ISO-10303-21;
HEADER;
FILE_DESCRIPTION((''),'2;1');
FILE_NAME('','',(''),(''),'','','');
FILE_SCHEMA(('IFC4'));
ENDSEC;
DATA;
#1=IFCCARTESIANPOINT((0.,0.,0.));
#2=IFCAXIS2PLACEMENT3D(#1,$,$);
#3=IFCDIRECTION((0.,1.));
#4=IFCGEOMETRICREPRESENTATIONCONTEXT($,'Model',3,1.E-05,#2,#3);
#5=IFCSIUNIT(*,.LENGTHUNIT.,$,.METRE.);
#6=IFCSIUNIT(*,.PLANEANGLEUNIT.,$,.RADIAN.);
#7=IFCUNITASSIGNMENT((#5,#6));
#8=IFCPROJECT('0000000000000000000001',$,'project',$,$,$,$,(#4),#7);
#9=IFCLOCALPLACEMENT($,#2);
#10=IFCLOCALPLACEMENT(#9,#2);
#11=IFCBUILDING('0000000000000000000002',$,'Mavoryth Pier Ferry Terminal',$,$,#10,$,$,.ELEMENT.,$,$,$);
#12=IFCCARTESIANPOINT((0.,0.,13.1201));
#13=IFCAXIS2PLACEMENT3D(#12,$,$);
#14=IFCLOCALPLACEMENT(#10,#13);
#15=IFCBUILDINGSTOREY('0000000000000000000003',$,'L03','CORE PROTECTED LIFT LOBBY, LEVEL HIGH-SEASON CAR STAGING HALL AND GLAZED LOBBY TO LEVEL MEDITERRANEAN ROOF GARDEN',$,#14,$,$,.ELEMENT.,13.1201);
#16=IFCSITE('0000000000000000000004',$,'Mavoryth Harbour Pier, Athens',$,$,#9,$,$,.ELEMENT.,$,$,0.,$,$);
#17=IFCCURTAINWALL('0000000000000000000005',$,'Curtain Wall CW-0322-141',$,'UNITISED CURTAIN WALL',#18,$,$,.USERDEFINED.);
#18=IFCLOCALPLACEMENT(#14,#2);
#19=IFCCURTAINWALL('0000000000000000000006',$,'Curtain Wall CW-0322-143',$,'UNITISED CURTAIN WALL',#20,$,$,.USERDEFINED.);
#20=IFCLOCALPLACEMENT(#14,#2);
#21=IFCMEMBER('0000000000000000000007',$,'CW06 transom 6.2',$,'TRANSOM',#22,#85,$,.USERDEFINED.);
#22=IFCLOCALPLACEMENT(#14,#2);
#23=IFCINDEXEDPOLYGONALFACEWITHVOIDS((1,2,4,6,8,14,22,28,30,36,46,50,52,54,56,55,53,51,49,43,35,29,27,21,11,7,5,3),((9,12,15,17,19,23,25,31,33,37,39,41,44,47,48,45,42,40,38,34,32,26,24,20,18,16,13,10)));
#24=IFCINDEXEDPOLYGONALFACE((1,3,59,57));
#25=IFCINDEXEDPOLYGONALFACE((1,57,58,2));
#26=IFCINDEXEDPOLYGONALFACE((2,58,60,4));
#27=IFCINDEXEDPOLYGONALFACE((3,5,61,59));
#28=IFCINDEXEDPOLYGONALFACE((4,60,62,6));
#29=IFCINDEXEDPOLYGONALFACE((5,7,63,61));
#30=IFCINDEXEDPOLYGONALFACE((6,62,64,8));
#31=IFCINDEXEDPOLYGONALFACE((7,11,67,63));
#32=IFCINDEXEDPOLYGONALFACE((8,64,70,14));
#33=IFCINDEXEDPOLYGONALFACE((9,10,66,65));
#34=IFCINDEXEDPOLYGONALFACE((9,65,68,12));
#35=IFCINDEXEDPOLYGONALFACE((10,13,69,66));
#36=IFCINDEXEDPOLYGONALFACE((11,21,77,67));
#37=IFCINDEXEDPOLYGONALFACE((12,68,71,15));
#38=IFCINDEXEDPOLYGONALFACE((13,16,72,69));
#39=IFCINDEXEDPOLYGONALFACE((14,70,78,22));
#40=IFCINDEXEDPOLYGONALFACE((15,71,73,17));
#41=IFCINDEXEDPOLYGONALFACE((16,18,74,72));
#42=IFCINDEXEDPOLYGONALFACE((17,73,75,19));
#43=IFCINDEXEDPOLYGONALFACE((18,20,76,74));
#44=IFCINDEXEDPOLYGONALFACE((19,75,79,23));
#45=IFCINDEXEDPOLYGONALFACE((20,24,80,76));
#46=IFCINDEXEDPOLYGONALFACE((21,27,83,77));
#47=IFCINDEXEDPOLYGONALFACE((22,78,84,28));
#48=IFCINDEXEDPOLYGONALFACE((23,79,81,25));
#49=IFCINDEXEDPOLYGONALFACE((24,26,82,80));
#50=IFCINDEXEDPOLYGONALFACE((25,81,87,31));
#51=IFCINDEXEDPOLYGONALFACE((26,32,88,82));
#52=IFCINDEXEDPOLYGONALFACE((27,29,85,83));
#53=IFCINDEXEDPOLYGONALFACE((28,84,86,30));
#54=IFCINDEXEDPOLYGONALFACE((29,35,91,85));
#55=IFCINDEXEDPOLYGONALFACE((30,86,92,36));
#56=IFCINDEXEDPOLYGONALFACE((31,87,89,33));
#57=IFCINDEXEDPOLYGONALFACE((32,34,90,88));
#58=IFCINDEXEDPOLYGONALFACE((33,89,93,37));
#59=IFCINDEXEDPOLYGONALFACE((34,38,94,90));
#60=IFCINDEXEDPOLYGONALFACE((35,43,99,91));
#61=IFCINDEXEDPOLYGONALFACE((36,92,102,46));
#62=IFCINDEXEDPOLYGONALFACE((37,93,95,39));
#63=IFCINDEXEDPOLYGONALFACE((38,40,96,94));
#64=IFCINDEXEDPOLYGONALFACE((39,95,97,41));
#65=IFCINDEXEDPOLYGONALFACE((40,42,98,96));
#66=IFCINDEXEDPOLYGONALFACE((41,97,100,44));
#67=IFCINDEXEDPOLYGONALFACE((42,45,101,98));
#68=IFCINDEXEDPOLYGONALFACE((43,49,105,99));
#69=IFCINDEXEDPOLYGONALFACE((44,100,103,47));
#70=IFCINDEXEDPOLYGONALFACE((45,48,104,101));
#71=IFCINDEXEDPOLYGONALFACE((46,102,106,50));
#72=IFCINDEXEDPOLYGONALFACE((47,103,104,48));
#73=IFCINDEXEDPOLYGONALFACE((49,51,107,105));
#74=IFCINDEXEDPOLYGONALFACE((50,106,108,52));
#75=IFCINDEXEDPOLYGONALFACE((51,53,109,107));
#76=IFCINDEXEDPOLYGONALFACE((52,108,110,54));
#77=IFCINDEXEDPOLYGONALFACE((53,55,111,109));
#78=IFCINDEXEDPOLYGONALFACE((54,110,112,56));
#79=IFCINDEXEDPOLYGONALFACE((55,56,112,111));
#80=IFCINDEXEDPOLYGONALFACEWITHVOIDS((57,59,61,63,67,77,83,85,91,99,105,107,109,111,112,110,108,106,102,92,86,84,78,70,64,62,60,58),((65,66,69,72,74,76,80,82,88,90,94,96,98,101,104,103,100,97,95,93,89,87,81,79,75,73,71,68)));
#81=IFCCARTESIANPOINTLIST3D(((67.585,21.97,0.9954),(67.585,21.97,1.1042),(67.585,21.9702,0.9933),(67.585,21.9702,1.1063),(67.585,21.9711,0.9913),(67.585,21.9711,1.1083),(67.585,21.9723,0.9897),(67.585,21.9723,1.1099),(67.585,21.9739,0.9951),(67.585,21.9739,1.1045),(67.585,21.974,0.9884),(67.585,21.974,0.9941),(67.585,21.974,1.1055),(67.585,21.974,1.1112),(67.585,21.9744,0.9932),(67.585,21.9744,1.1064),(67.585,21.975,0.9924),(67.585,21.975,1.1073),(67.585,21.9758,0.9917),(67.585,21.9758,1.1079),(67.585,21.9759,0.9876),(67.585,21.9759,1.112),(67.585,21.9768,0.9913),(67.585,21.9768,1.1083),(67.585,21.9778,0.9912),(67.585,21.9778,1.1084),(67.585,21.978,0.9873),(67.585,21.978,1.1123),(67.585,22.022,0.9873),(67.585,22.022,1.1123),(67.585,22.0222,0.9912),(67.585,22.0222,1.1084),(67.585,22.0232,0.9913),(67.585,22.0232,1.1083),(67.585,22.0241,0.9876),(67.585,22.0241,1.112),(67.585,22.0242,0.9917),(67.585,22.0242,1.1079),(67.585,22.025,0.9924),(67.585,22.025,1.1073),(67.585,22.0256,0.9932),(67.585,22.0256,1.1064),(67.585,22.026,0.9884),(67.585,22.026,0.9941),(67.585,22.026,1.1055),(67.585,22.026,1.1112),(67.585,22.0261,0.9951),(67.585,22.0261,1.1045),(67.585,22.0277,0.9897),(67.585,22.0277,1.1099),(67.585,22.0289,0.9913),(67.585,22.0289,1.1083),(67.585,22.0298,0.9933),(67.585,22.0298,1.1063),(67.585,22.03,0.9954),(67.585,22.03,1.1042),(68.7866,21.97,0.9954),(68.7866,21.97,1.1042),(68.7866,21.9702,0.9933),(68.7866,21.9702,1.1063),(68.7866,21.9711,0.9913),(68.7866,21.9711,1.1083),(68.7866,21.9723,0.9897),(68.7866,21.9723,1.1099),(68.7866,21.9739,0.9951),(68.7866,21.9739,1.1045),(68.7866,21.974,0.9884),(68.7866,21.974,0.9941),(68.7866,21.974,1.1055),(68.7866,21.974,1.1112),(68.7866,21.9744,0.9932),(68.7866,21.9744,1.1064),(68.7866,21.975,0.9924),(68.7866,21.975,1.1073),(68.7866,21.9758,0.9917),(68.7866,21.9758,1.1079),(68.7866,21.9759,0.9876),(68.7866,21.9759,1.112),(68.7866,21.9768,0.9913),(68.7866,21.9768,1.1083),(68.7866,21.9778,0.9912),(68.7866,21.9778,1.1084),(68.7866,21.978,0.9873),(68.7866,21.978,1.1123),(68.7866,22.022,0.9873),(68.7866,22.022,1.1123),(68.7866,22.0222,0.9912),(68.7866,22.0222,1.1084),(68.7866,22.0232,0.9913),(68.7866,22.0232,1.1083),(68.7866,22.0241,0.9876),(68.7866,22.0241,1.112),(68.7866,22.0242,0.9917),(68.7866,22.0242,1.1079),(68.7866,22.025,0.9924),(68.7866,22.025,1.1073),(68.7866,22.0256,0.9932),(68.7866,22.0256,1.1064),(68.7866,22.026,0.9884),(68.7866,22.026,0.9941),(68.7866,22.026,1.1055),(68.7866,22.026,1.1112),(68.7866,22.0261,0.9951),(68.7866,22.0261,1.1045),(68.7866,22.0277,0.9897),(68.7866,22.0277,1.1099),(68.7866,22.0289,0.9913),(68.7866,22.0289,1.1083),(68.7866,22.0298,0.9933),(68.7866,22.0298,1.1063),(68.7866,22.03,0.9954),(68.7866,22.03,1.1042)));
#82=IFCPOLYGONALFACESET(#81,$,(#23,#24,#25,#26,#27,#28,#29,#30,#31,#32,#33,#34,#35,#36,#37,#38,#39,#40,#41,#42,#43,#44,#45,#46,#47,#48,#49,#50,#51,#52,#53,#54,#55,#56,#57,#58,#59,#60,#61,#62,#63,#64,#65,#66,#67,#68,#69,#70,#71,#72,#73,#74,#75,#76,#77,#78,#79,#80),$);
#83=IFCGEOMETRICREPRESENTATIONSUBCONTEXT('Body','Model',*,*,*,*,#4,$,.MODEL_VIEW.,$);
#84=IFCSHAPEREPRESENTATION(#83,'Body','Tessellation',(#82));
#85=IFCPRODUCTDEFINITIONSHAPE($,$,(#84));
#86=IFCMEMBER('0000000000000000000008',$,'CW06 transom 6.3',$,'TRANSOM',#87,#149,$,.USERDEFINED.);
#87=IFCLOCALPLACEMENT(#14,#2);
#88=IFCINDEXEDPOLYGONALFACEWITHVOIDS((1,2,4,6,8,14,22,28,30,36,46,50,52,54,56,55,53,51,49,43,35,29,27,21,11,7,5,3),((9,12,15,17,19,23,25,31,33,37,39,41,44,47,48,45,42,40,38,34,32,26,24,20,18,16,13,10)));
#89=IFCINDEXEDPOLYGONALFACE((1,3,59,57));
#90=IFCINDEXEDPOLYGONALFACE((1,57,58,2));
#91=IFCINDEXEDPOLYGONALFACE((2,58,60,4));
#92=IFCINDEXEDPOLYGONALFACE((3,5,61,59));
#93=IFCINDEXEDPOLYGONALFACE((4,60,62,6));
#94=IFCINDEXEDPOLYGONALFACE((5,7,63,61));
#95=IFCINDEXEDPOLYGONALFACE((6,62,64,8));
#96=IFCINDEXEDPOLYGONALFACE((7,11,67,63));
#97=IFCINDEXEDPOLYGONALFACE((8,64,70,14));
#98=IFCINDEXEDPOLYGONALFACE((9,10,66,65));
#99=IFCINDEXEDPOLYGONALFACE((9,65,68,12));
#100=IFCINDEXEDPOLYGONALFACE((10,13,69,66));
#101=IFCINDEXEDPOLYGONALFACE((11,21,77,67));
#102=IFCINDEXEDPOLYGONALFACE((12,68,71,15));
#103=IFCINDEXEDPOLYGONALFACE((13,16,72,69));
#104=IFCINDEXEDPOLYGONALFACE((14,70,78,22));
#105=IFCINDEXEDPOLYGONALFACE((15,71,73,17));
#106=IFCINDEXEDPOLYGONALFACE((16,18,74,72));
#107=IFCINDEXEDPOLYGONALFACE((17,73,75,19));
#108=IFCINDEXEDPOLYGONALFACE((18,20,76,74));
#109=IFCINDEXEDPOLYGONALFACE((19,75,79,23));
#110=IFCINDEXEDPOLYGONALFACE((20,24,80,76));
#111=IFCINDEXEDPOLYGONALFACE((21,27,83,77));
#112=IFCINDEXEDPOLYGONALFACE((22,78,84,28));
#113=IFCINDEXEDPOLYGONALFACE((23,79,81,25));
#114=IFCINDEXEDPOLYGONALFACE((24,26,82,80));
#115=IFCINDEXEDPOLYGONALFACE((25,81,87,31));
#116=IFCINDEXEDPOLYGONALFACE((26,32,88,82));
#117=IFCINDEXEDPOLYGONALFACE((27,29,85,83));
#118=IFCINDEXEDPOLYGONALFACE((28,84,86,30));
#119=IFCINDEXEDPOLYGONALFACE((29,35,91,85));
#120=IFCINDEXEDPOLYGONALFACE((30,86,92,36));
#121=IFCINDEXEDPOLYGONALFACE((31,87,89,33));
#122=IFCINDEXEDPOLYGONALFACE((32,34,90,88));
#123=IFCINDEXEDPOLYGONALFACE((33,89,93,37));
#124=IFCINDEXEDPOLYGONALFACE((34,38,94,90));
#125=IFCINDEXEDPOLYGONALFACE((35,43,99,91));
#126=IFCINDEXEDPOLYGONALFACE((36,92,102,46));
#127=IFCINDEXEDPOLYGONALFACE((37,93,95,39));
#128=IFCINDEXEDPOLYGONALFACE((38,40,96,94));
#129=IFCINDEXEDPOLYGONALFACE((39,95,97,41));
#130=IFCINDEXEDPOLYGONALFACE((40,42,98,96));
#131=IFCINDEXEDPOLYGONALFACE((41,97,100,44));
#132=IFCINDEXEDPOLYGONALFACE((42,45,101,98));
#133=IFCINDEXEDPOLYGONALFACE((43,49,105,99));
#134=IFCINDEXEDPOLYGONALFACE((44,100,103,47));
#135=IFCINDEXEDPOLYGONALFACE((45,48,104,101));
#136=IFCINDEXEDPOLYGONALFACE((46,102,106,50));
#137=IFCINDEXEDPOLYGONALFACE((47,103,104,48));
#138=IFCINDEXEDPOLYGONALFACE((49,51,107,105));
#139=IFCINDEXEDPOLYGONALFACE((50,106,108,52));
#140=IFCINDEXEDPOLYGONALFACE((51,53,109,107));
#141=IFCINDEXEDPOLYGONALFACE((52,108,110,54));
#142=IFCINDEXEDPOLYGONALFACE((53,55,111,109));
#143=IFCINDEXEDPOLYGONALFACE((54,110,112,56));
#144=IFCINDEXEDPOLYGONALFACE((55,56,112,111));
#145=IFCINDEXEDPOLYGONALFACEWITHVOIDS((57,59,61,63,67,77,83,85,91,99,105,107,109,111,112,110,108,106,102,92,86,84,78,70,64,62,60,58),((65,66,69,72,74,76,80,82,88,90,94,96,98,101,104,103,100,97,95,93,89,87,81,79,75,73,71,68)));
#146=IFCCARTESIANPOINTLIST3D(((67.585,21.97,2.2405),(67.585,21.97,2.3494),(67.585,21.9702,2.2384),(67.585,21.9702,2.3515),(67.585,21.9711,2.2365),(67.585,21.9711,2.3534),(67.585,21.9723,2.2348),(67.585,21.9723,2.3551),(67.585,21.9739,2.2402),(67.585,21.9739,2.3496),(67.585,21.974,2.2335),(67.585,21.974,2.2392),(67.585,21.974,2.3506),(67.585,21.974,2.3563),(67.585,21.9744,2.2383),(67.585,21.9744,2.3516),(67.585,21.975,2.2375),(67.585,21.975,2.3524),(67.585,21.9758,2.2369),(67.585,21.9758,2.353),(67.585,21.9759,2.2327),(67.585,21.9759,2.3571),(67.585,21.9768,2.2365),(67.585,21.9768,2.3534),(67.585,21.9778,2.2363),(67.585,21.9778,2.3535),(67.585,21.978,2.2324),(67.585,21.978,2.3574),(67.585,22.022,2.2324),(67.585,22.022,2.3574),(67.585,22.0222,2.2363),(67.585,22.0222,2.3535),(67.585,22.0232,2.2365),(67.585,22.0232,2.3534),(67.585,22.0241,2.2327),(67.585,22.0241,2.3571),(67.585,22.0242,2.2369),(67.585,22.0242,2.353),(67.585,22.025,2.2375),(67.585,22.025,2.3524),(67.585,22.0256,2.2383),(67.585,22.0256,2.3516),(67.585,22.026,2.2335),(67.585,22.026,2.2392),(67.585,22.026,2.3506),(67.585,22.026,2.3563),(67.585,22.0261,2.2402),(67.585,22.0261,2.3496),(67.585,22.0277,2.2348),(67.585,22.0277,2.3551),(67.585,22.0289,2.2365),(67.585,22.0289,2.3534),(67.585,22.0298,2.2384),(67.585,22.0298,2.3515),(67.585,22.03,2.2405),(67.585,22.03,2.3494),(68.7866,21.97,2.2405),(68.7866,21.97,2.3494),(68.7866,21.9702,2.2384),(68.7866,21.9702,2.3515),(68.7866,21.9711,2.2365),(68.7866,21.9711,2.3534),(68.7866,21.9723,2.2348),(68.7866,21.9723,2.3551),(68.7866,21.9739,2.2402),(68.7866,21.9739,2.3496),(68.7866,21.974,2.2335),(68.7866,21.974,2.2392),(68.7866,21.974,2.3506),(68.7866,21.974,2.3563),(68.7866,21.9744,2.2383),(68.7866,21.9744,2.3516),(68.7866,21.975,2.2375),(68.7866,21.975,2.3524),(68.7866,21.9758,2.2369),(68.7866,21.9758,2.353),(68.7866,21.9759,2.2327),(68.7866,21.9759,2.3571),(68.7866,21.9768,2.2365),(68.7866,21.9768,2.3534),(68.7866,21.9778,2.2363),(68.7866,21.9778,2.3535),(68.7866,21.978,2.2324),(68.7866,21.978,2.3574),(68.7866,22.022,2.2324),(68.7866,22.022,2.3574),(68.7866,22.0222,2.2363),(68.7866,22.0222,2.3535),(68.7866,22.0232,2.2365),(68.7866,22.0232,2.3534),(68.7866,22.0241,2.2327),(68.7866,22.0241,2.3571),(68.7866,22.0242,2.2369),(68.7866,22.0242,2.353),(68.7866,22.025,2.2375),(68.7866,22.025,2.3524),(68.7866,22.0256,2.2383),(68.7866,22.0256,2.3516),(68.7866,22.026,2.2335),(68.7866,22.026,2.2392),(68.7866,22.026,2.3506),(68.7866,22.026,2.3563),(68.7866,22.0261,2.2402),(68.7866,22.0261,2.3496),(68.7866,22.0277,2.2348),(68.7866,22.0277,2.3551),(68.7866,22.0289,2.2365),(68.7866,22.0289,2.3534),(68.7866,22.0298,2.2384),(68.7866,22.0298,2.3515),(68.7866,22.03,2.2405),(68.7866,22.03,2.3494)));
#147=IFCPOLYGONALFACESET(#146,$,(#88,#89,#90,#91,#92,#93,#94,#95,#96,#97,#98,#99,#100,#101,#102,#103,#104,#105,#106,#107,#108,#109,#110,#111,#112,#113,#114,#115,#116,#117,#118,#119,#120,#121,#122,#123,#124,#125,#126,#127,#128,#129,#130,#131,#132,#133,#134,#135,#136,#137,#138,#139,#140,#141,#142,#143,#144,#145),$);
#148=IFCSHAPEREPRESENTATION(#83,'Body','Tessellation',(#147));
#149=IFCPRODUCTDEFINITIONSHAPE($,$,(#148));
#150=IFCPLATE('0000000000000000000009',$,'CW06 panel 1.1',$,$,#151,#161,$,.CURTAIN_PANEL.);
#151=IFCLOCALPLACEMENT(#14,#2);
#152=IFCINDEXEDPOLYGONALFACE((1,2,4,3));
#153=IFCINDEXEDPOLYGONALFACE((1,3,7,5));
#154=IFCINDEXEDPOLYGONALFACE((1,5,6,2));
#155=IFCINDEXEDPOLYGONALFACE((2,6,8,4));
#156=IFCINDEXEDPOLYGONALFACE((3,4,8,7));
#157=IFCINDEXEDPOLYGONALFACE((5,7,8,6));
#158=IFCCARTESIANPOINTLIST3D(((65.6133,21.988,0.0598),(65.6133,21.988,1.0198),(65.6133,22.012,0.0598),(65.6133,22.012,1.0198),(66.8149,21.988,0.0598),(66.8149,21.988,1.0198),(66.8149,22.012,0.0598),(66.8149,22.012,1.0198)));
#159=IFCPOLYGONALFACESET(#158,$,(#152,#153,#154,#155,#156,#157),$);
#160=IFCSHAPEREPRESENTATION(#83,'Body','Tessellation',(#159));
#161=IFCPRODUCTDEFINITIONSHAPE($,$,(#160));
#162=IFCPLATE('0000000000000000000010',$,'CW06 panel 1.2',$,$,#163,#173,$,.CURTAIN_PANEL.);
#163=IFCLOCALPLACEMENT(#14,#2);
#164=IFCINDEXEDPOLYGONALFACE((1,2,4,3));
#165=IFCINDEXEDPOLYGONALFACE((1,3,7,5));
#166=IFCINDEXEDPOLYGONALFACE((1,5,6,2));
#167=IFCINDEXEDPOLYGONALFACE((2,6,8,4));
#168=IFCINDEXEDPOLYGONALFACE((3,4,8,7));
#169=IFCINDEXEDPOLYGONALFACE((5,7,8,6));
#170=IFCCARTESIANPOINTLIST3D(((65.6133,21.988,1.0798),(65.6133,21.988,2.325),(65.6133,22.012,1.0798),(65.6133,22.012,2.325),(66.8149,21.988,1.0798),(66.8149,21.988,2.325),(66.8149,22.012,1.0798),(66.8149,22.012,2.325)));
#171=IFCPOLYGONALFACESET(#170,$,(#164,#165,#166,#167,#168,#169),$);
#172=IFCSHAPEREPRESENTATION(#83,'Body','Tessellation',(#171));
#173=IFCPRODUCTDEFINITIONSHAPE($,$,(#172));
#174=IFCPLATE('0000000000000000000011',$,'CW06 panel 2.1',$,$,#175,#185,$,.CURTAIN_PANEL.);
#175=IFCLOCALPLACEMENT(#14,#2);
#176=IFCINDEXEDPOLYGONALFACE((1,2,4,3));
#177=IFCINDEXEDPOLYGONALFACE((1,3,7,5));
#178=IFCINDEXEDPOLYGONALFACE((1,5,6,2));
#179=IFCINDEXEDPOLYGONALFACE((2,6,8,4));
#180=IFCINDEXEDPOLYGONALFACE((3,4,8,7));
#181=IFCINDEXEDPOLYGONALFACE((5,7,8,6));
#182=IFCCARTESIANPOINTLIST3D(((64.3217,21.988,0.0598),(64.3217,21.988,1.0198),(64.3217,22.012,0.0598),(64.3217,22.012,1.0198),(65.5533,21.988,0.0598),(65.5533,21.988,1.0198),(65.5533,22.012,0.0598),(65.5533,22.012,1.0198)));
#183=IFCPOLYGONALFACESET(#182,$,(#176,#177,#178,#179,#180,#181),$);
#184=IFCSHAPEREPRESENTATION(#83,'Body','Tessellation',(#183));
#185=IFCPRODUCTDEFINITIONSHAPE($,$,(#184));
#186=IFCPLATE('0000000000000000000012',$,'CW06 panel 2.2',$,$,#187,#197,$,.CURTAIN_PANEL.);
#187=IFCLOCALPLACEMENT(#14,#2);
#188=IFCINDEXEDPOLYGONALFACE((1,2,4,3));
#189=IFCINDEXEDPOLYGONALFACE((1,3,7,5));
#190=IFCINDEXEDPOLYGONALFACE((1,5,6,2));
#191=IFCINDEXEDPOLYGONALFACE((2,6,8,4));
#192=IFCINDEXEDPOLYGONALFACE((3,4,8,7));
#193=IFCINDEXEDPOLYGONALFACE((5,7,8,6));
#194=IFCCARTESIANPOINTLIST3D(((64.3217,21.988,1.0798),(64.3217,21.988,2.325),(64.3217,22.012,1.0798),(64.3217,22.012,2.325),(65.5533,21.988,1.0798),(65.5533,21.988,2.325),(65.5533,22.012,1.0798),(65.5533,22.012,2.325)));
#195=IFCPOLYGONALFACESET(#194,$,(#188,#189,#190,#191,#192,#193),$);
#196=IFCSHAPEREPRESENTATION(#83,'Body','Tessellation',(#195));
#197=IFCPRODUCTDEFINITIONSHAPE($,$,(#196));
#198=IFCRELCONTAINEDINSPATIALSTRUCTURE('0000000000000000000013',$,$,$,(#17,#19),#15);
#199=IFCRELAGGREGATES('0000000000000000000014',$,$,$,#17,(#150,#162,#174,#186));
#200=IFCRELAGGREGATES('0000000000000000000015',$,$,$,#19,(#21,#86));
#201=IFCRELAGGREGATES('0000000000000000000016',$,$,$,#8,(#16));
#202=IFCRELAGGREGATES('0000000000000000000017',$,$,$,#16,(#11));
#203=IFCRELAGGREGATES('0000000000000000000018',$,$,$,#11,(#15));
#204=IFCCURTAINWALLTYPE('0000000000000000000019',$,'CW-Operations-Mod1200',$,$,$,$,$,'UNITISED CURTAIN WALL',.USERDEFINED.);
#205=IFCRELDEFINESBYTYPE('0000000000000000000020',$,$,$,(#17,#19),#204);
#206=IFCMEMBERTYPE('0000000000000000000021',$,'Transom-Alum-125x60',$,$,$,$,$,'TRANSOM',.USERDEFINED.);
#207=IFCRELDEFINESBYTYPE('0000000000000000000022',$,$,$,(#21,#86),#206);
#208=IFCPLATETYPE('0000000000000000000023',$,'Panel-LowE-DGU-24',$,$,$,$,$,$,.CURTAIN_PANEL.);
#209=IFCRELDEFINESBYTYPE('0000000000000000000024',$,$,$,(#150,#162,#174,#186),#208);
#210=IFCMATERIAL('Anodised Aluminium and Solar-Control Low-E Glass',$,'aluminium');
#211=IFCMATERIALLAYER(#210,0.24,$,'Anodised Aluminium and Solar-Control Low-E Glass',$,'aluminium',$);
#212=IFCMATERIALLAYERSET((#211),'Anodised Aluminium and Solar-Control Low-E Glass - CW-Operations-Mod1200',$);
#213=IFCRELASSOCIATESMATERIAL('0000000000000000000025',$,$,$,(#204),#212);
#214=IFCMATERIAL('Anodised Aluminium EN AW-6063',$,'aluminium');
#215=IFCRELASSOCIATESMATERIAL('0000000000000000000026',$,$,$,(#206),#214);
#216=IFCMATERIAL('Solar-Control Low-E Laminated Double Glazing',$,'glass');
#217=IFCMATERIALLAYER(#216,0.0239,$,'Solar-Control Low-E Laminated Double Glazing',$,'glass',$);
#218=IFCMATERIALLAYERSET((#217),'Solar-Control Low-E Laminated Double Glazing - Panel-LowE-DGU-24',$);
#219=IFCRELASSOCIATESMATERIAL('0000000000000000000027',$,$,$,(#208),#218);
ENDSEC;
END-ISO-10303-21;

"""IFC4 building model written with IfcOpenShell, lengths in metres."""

from ifc_helpers import new_model, si_unit, direction, frame, origin, origin_2d, place, context, subcontext, project, spatial, rectangle, hollow_rectangle, extrude, material, layer, layer_set, material_profile, profile_set, type_object, element, aggregate, save


model = new_model("IFC4")

# Units and contexts
model_context = context("Model", 3, precision=1e-05, world=origin(), true_north=direction((0.0, 1.0)))
body_context = subcontext(model_context, "Body", "Model", "MODEL_VIEW")
ifc_project = project(units=[si_unit("LENGTHUNIT", "METRE"), si_unit("PLANEANGLEUNIT", "RADIAN")], contexts=[model_context])

# Site, building, storey
site_placement = place(None, origin())
site = spatial("IfcSite", under=ifc_project, at=site_placement, Name="Mavoryth Harbour Pier, Athens", CompositionType="ELEMENT", RefElevation=0.0)
building_placement = place(site_placement, origin())
building = spatial("IfcBuilding", under=site, at=building_placement, Name="Mavoryth Pier Ferry Terminal", CompositionType="ELEMENT")
storey_placement = place(building_placement, frame((0.0, 0.0, 13.1201)))
storey = spatial("IfcBuildingStorey", under=building, at=storey_placement, Name="L03", Description="CORE PROTECTED LIFT LOBBY, LEVEL HIGH-SEASON CAR STAGING HALL AND GLAZED LOBBY TO LEVEL MEDITERRANEAN ROOF GARDEN", CompositionType="ELEMENT", Elevation=13.1201)

# Curtain walls
ifc_material_1 = material(Name="Anodised Aluminium and Solar-Control Low-E Glass", Category="aluminium")
ifc_layer_1 = layer(ifc_material_1, 0.24, Name="Anodised Aluminium and Solar-Control Low-E Glass", Category="aluminium")
ifc_layer_set_1 = layer_set([ifc_layer_1], Name="Anodised Aluminium and Solar-Control Low-E Glass - CW-Operations-Mod1200")
curtain_wall_type = type_object("IfcCurtainWallType", Name="CW-Operations-Mod1200", ElementType="UNITISED CURTAIN WALL", PredefinedType="USERDEFINED", material=ifc_layer_set_1)
curtain_wall_1_placement = place(storey_placement, origin())
curtain_wall_1 = element("IfcCurtainWall", 1, at=curtain_wall_1_placement, inside=storey, type_object=curtain_wall_type, Name="Curtain Wall CW-0322-141", ObjectType="UNITISED CURTAIN WALL", PredefinedType="USERDEFINED")
ifc_material_2 = material(Name="Anodised Aluminium EN AW-6063", Category="aluminium")
curtain_wall_2_placement = place(storey_placement, origin())
curtain_wall_2 = element("IfcCurtainWall", 2, at=curtain_wall_2_placement, inside=storey, type_object=curtain_wall_type, Name="Curtain Wall CW-0322-143", ObjectType="UNITISED CURTAIN WALL", PredefinedType="USERDEFINED")

# Members
ifc_material_profile_1 = material_profile(ifc_material_2, hollow_rectangle(XDim=0.0601, YDim=0.125, WallThickness=0.0039, InnerFilletRadius=0.0039, OuterFilletRadius=0.0081, at=origin_2d()), Name="AL-TRAN 125x60x4", Category="aluminium")
ifc_profile_set_1 = profile_set([ifc_material_profile_1], Name="Anodised Aluminium EN AW-6063 - AL-TRAN 125x60x4")
member_type_1 = type_object("IfcMemberType", Name="Transom-Alum-125x60", ElementType="TRANSOM", PredefinedType="USERDEFINED", material=ifc_profile_set_1)
member_1_placement = place(storey_placement, frame((68.7866, 22.0, 1.0498), z_axis=(-1.0, 0.0, 0.0), x_axis=(0.0, -1.0, 0.0)))
member_1 = element("IfcMember", 3, at=member_1_placement, type_object=member_type_1, Name="CW06 transom 6.2", ObjectType="TRANSOM", PredefinedType="USERDEFINED", context=body_context, shape_type="SweptSolid", body=[
    extrude(hollow_rectangle(XDim=0.0601, YDim=0.125, WallThickness=0.0039, InnerFilletRadius=0.0039, OuterFilletRadius=0.0081, at=origin_2d()), origin(), (0.0, 0.0, 1.0), 1.2017),
])
member_2_placement = place(storey_placement, frame((68.7866, 22.0, 2.2949), z_axis=(-1.0, 0.0, 0.0), x_axis=(0.0, -1.0, 0.0)))
member_2 = element("IfcMember", 4, at=member_2_placement, type_object=member_type_1, Name="CW06 transom 6.3", ObjectType="TRANSOM", PredefinedType="USERDEFINED", context=body_context, shape_type="SweptSolid", body=[
    extrude(hollow_rectangle(XDim=0.0601, YDim=0.125, WallThickness=0.0039, InnerFilletRadius=0.0039, OuterFilletRadius=0.0081, at=origin_2d()), origin(), (0.0, 0.0, 1.0), 1.2017),
])

# Plates
ifc_material_3 = material(Name="Solar-Control Low-E Laminated Double Glazing", Category="glass")
ifc_layer_2 = layer(ifc_material_3, 0.0239, Name="Solar-Control Low-E Laminated Double Glazing", Category="glass")
ifc_layer_set_2 = layer_set([ifc_layer_2], Name="Solar-Control Low-E Laminated Double Glazing - Panel-LowE-DGU-24")
plate_type = type_object("IfcPlateType", Name="Panel-LowE-DGU-24", PredefinedType="CURTAIN_PANEL", material=ifc_layer_set_2)
plate_1_placement = place(storey_placement, frame((66.2141, 22.0, 0.0598), z_axis=(0.0, 0.0, 1.0), x_axis=(-1.0, 0.0, 0.0)))
plate_1 = element("IfcPlate", 5, at=plate_1_placement, type_object=plate_type, Name="CW06 panel 1.1", PredefinedType="CURTAIN_PANEL", context=body_context, shape_type="SweptSolid", body=[
    extrude(rectangle(XDim=1.2017, YDim=0.0239, at=origin_2d()), origin(), (0.0, 0.0, 1.0), 0.96),
])
plate_2_placement = place(storey_placement, frame((66.2141, 22.0, 1.0798), z_axis=(0.0, 0.0, 1.0), x_axis=(-1.0, 0.0, 0.0)))
plate_2 = element("IfcPlate", 6, at=plate_2_placement, type_object=plate_type, Name="CW06 panel 1.2", PredefinedType="CURTAIN_PANEL", context=body_context, shape_type="SweptSolid", body=[
    extrude(rectangle(XDim=1.2017, YDim=0.0239, at=origin_2d()), origin(), (0.0, 0.0, 1.0), 1.2451),
])
plate_3_placement = place(storey_placement, frame((64.9375, 22.0, 0.0598), z_axis=(0.0, 0.0, 1.0), x_axis=(-1.0, 0.0, 0.0)))
plate_3 = element("IfcPlate", 7, at=plate_3_placement, type_object=plate_type, Name="CW06 panel 2.1", PredefinedType="CURTAIN_PANEL", context=body_context, shape_type="SweptSolid", body=[
    extrude(rectangle(XDim=1.2317, YDim=0.0239, at=origin_2d()), origin(), (0.0, 0.0, 1.0), 0.96),
])
plate_4_placement = place(storey_placement, frame((64.9375, 22.0, 1.0798), z_axis=(0.0, 0.0, 1.0), x_axis=(-1.0, 0.0, 0.0)))
plate_4 = element("IfcPlate", 8, at=plate_4_placement, type_object=plate_type, Name="CW06 panel 2.2", PredefinedType="CURTAIN_PANEL", context=body_context, shape_type="SweptSolid", body=[
    extrude(rectangle(XDim=1.2317, YDim=0.0239, at=origin_2d()), origin(), (0.0, 0.0, 1.0), 1.2451),
])
aggregate(curtain_wall_1, [plate_1, plate_2, plate_3, plate_4])
aggregate(curtain_wall_2, [member_1, member_2])

save(model, "model.ifc")
